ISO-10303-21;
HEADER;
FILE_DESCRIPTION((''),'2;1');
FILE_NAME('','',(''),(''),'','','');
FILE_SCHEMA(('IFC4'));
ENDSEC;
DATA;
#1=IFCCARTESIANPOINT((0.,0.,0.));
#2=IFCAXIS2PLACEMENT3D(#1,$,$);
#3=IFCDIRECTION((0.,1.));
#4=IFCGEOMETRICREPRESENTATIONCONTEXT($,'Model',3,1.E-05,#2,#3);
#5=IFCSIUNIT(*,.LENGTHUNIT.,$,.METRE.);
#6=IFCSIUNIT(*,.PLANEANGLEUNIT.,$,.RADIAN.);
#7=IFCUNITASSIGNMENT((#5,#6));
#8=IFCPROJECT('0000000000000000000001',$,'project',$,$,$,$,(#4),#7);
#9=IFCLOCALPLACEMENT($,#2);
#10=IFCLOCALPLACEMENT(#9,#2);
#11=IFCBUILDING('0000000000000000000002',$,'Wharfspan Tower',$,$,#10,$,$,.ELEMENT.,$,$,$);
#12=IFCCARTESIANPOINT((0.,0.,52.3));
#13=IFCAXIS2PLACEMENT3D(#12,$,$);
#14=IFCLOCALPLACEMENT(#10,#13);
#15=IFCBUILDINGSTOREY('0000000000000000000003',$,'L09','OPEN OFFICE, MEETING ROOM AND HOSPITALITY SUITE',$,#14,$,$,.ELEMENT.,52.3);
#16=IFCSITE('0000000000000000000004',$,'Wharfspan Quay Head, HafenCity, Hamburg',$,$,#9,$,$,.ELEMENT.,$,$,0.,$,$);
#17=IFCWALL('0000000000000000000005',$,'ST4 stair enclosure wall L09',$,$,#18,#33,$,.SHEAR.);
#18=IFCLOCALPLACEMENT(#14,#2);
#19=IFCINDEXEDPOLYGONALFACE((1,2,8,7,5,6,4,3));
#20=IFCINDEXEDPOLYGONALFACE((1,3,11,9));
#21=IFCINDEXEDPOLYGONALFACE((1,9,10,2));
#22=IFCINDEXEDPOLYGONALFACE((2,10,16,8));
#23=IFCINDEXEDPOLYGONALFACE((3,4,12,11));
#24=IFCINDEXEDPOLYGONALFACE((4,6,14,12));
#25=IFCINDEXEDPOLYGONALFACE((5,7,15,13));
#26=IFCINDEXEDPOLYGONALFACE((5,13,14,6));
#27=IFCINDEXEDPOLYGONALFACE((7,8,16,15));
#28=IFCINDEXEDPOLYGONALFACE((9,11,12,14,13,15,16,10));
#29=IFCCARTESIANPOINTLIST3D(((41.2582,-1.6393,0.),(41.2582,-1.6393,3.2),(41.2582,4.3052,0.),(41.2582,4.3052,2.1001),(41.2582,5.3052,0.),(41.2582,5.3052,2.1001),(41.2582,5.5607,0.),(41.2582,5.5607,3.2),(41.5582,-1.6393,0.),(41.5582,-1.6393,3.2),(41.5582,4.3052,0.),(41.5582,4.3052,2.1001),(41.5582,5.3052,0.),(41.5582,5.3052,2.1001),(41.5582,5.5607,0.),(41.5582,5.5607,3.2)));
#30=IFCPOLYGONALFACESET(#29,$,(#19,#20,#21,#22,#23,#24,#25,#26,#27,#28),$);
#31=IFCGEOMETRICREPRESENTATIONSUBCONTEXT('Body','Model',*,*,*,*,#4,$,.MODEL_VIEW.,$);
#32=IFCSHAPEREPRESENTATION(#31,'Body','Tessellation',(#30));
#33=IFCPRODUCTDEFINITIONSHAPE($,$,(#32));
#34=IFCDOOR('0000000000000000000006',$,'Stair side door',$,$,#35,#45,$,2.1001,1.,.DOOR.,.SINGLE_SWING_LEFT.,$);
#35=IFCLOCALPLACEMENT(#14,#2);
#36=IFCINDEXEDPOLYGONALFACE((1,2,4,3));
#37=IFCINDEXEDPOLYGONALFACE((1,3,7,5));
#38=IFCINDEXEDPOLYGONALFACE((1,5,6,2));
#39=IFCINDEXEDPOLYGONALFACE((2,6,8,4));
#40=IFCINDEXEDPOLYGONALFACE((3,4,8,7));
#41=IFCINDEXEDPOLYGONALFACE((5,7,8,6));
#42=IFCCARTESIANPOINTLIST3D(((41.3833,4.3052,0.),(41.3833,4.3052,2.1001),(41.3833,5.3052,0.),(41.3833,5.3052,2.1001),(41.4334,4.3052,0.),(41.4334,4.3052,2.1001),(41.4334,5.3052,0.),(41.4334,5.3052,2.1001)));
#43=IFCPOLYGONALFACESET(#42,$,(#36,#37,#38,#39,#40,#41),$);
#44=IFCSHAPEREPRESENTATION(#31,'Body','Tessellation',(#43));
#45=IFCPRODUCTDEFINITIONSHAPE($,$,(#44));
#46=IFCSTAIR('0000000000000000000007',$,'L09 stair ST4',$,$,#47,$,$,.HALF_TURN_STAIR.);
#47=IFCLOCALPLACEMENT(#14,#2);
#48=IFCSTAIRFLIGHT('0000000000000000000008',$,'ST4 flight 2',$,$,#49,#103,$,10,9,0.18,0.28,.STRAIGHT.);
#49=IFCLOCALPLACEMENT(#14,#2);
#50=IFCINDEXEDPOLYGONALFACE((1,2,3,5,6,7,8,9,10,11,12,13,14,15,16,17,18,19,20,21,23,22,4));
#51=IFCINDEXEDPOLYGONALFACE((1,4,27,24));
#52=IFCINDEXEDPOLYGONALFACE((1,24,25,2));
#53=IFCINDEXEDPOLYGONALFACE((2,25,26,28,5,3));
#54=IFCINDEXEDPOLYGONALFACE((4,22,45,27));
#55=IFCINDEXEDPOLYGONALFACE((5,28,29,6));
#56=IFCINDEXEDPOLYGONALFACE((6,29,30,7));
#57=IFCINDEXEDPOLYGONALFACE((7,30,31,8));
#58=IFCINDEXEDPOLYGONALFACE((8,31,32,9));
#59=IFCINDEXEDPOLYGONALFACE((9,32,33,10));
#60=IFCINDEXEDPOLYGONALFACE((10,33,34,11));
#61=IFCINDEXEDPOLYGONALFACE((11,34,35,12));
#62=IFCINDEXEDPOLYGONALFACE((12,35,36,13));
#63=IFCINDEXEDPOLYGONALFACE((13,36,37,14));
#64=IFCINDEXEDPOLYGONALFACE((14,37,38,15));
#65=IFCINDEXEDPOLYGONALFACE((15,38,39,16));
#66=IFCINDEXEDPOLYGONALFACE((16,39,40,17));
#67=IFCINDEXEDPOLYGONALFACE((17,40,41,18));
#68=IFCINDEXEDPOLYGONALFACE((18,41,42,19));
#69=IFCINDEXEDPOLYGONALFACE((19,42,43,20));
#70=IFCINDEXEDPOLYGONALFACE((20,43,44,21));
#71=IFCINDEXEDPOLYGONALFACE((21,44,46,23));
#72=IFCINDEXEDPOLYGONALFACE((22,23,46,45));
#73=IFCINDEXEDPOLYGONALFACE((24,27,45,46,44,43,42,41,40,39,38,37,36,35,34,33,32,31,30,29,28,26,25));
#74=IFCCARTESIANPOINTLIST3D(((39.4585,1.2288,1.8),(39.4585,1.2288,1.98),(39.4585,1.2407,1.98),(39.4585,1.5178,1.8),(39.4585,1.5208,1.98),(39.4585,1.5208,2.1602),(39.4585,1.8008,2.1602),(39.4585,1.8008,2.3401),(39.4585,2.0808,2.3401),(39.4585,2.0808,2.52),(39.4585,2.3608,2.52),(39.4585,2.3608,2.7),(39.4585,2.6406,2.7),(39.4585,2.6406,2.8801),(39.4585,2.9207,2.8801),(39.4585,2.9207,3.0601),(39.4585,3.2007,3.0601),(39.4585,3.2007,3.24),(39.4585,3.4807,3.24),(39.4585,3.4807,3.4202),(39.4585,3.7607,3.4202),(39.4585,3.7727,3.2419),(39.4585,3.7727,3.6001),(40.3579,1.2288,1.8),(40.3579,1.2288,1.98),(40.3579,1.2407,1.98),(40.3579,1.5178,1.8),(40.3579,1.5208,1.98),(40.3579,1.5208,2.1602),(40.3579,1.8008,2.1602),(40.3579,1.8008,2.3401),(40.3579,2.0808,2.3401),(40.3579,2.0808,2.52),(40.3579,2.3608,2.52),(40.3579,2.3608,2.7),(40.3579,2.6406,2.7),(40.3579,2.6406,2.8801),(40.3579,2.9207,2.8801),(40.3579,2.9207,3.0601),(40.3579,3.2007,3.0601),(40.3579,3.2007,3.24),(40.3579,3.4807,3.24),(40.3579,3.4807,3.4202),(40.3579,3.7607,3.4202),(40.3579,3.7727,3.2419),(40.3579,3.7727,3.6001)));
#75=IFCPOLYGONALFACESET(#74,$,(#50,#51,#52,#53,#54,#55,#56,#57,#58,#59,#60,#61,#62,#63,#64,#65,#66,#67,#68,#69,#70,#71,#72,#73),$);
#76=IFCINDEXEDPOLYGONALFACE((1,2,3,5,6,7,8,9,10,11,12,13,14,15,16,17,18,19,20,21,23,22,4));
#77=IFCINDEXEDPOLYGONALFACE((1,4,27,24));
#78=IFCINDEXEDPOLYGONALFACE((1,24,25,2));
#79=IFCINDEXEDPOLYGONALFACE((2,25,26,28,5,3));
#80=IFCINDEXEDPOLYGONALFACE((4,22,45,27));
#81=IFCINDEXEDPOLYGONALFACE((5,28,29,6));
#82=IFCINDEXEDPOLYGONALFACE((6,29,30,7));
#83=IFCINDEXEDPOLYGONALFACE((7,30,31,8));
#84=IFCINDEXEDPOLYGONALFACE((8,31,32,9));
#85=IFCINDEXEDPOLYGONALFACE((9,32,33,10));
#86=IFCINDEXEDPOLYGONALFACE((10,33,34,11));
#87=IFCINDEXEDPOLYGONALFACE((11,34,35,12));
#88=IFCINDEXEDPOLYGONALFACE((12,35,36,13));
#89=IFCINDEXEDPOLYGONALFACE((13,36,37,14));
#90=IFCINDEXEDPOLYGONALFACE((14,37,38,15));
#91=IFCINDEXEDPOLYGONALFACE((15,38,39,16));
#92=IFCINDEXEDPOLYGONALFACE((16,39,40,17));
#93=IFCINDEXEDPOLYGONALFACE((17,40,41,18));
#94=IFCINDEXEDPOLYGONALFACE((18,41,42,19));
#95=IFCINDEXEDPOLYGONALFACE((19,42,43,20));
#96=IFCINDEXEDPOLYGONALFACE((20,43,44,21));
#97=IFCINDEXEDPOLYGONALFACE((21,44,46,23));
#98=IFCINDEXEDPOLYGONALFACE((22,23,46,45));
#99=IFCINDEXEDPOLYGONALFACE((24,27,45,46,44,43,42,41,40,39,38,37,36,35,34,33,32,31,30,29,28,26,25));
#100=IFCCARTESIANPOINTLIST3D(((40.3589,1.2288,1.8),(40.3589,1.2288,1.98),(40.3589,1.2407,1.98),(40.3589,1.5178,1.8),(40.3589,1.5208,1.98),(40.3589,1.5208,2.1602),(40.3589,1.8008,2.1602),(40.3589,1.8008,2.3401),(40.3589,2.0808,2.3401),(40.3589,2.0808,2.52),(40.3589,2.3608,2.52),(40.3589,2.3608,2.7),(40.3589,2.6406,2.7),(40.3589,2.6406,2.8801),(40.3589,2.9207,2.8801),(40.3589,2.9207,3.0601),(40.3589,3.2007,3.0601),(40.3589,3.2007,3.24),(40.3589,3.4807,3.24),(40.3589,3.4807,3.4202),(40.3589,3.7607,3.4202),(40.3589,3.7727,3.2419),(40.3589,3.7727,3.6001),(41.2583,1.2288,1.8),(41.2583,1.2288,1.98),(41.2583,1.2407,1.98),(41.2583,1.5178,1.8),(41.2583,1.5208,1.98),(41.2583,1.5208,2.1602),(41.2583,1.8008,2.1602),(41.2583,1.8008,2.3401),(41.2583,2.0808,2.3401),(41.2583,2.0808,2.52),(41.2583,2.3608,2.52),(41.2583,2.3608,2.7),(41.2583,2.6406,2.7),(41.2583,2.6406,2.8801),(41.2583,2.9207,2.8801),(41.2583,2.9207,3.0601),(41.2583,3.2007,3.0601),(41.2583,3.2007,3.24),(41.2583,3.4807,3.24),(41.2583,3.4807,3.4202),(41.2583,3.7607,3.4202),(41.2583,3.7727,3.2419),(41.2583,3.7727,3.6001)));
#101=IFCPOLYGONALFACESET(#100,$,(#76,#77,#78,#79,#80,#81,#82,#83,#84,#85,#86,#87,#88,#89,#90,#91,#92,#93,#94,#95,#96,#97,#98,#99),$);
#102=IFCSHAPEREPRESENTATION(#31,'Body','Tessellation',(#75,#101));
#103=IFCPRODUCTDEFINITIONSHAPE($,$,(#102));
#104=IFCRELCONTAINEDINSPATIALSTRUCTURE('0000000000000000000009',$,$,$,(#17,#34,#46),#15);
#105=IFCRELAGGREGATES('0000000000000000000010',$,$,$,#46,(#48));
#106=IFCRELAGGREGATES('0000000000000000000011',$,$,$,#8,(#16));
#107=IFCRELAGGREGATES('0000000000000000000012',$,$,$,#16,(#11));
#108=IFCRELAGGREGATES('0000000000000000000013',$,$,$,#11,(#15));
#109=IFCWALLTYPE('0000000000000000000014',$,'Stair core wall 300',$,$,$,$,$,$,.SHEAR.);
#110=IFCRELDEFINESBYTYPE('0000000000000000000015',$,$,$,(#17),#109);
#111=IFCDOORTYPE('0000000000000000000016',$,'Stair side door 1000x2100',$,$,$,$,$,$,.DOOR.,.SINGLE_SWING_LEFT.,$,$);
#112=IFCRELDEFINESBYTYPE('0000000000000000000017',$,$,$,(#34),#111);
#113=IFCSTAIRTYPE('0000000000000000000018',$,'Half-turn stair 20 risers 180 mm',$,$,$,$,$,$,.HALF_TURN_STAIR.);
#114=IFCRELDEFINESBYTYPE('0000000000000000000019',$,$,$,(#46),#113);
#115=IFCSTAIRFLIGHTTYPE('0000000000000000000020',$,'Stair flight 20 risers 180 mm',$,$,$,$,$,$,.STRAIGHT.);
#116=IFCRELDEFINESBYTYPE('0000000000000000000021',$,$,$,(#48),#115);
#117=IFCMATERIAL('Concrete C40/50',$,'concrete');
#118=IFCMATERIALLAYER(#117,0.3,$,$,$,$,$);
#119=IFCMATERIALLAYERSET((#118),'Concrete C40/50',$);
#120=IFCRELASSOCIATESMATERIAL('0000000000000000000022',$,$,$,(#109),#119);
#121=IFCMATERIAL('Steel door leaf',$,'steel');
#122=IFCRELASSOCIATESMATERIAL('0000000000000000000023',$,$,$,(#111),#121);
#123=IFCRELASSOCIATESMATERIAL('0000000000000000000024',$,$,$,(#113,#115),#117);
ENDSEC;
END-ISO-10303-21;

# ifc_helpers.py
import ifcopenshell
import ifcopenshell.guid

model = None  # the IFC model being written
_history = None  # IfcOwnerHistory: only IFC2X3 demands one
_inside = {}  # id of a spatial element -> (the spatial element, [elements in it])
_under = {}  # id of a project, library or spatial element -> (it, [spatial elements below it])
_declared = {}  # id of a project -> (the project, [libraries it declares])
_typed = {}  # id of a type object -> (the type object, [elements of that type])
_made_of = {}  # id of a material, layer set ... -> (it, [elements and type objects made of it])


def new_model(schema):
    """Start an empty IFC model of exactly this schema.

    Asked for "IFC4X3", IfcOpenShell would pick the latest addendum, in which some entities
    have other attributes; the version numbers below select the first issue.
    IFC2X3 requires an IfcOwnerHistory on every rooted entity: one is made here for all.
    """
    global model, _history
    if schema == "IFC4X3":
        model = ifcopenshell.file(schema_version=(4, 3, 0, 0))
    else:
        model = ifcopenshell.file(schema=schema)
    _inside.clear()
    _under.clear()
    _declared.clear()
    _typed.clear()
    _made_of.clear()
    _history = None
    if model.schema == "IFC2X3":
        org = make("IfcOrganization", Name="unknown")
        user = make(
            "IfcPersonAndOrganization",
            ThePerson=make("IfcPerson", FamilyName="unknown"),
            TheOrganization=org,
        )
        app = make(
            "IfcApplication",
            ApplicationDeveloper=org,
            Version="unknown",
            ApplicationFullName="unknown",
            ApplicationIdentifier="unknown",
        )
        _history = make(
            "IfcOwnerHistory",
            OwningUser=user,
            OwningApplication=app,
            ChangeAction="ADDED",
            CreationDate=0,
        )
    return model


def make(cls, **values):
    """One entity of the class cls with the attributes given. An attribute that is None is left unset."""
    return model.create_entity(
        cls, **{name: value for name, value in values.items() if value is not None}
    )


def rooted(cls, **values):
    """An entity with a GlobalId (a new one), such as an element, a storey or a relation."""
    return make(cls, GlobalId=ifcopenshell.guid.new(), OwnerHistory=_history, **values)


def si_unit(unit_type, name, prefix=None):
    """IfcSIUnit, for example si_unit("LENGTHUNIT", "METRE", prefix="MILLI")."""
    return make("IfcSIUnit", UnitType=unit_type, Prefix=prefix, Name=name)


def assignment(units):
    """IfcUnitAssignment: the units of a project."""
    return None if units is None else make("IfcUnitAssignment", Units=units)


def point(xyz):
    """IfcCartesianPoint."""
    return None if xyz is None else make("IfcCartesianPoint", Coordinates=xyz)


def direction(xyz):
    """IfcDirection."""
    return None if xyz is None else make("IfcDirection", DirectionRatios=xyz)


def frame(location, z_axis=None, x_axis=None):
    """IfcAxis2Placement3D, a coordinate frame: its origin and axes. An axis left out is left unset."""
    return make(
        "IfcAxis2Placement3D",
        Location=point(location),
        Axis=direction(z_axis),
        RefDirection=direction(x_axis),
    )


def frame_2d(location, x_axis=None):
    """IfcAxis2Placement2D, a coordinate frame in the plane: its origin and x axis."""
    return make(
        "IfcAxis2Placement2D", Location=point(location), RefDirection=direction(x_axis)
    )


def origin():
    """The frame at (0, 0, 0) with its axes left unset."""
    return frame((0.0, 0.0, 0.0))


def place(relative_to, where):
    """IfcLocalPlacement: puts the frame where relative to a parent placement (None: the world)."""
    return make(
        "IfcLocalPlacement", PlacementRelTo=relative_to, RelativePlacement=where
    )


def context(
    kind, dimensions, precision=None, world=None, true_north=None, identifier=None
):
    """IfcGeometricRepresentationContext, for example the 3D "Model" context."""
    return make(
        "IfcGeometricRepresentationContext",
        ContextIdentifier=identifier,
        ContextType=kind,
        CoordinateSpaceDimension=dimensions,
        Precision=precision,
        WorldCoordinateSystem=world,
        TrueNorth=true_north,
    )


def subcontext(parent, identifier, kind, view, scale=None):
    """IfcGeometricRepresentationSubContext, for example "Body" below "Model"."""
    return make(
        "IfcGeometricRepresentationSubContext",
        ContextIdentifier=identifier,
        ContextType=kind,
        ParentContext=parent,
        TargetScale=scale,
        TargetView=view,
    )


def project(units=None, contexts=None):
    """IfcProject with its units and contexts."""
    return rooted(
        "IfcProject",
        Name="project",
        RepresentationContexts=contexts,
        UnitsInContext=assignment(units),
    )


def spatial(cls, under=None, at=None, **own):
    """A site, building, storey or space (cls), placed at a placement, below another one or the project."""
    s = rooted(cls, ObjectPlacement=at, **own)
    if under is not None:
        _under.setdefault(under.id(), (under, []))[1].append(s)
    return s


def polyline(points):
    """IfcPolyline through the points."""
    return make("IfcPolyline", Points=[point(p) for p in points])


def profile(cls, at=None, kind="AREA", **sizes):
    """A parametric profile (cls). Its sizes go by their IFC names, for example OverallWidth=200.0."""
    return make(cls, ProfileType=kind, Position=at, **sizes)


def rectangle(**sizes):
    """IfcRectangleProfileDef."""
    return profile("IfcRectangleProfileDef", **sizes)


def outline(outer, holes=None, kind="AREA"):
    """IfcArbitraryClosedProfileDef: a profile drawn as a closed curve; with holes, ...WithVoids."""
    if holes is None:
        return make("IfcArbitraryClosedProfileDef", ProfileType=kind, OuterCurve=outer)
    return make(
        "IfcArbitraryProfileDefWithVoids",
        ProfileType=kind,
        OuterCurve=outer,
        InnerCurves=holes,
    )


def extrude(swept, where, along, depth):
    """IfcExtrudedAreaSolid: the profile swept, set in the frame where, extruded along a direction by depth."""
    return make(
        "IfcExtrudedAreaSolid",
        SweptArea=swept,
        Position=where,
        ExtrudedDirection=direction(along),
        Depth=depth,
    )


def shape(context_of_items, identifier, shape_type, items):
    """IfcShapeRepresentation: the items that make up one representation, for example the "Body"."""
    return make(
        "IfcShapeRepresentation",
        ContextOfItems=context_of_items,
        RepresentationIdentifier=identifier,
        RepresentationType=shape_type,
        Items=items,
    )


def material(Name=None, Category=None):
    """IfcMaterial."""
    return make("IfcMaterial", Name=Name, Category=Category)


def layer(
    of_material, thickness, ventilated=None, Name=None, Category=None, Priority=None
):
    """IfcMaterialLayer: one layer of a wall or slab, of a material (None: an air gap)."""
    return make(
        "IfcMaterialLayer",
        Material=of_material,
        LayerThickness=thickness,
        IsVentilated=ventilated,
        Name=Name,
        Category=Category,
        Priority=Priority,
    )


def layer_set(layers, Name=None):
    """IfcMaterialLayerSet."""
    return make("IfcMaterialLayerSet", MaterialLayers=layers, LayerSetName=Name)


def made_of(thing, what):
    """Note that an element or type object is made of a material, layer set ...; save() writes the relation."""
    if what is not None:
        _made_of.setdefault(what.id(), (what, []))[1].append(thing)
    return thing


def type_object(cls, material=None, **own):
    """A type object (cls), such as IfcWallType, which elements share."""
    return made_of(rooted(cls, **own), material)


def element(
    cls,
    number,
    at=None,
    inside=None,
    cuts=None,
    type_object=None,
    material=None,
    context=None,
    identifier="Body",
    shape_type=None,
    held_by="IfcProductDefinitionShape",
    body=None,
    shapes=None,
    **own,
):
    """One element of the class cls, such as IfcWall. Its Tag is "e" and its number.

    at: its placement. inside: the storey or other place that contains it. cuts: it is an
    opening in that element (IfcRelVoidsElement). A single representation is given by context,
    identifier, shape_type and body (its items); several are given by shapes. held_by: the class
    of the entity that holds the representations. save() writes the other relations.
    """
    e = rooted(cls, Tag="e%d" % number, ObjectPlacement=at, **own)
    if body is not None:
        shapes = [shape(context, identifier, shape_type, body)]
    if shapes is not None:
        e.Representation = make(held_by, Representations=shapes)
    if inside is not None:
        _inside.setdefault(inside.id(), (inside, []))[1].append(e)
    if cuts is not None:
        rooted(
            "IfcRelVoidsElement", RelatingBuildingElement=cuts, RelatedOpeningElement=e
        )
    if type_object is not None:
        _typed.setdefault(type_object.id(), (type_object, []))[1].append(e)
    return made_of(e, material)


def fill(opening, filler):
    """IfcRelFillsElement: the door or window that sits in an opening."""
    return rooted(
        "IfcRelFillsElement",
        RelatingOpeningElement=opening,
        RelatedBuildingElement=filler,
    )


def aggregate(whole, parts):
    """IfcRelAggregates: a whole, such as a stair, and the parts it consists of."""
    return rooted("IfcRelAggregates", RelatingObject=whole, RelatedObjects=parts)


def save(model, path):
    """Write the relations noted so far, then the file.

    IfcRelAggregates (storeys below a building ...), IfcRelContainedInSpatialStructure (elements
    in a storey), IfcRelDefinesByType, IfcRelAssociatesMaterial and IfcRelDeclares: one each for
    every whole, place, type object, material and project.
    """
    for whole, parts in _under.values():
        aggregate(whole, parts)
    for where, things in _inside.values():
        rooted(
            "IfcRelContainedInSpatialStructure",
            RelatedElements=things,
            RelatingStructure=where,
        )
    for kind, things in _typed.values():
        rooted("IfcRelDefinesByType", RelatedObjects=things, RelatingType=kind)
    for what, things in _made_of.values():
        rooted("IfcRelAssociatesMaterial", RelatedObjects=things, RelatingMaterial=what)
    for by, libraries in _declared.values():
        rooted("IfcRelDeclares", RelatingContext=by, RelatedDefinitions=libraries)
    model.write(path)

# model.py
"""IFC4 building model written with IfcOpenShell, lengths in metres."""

from ifc_helpers import new_model, si_unit, direction, frame, frame_2d, origin, place, context, subcontext, project, spatial, polyline, rectangle, outline, extrude, material, layer, layer_set, type_object, element, fill, aggregate, save


model = new_model("IFC4")

# Units and contexts
model_context = context("Model", 3, precision=1e-05, world=origin(), true_north=direction((0.0, 1.0)))
body_context = subcontext(model_context, "Body", "Model", "MODEL_VIEW")
ifc_project = project(units=[si_unit("LENGTHUNIT", "METRE"), si_unit("PLANEANGLEUNIT", "RADIAN")], contexts=[model_context])

# Site, building, storey
site_placement = place(None, origin())
site = spatial("IfcSite", under=ifc_project, at=site_placement, Name="Wharfspan Quay Head, HafenCity, Hamburg", CompositionType="ELEMENT", RefElevation=0.0)
building_placement = place(site_placement, origin())
building = spatial("IfcBuilding", under=site, at=building_placement, Name="Wharfspan Tower", CompositionType="ELEMENT")
storey_placement = place(building_placement, frame((0.0, 0.0, 52.3)))
storey = spatial("IfcBuildingStorey", under=building, at=storey_placement, Name="L09", Description="OPEN OFFICE, MEETING ROOM AND HOSPITALITY SUITE", CompositionType="ELEMENT", Elevation=52.3)

# Wall, opening, door
ifc_material_1 = material(Name="Concrete C40/50", Category="concrete")
ifc_layer_1 = layer(ifc_material_1, 0.3)
ifc_layer_set_1 = layer_set([ifc_layer_1], Name="Concrete C40/50")
wall_type_1 = type_object("IfcWallType", Name="Stair core wall 300", PredefinedType="SHEAR", material=ifc_layer_set_1)
wall_1_placement = place(storey_placement, frame((41.4082, -1.6394, 0.0), z_axis=(0.0, 0.0, 1.0), x_axis=(0.0, 1.0, 0.0)))
wall_1 = element("IfcWall", 1, at=wall_1_placement, inside=storey, type_object=wall_type_1, Name="ST4 stair enclosure wall L09", PredefinedType="SHEAR", context=body_context, shape_type="SweptSolid", body=[
    extrude(rectangle(XDim=7.2, YDim=0.3, at=frame_2d((3.6001, 0.0))), origin(), (0.0, 0.0, 1.0), 3.2),
])
opening_1_placement = place(wall_1_placement, frame((5.9446, 0.0, 0.0)))
opening_1 = element("IfcOpeningElement", 2, at=opening_1_placement, cuts=wall_1, PredefinedType="OPENING", context=body_context, shape_type="SweptSolid", body=[
    extrude(rectangle(XDim=1.0, YDim=2.1001, at=frame_2d((0.5, 1.05))), frame((0.0, 0.1599, 0.0), z_axis=(0.0, -1.0, 0.0), x_axis=(1.0, 0.0, 0.0)), (0.0, 0.0, 1.0), 0.3201),
])
ifc_material_2 = material(Name="Steel door leaf", Category="steel")
door_type_1 = type_object("IfcDoorType", Name="Stair side door 1000x2100", OperationType="SINGLE_SWING_LEFT", PredefinedType="DOOR", material=ifc_material_2)
door_1_placement = place(opening_1_placement, origin())
door_1 = element("IfcDoor", 3, at=door_1_placement, inside=storey, type_object=door_type_1, Name="Stair side door", OperationType="SINGLE_SWING_LEFT", OverallHeight=2.1001, OverallWidth=1.0, PredefinedType="DOOR", context=body_context, shape_type="SweptSolid", body=[
    extrude(rectangle(XDim=1.0, YDim=2.1001, at=frame_2d((0.5, 1.05))), frame((0.0, 0.0249, 0.0), z_axis=(0.0, -1.0, 0.0), x_axis=(1.0, 0.0, 0.0)), (0.0, 0.0, 1.0), 0.05),
])
fill(opening_1, door_1)

# Stair, stair flight
stair_type = type_object("IfcStairType", Name="Half-turn stair 20 risers 180 mm", PredefinedType="HALF_TURN_STAIR", material=ifc_material_1)
stair_placement = place(storey_placement, origin())
stair = element("IfcStair", 4, at=stair_placement, inside=storey, type_object=stair_type, Name="L09 stair ST4", PredefinedType="HALF_TURN_STAIR")
stair_flight_type = type_object("IfcStairFlightType", Name="Stair flight 20 risers 180 mm", PredefinedType="STRAIGHT", material=ifc_material_1)
stair_flight_placement = place(storey_placement, frame((40.3584, 1.2407, 1.8), z_axis=(0.0, 0.0, 1.0), x_axis=(0.0, 1.0, 0.0)))
stair_flight = element("IfcStairFlight", 5, at=stair_flight_placement, type_object=stair_flight_type, Name="ST4 flight 2", NumberOfRisers=10, NumberOfTreads=9, PredefinedType="STRAIGHT", RiserHeight=0.18, TreadLength=0.28, context=body_context, shape_type="SweptSolid", body=[
    extrude(outline(polyline([(-0.012, 0.0), (-0.012, 0.1799), (0.0, 0.1799), (0.28, 0.1799), (0.28, 0.3601), (0.5601, 0.3601), (0.5601, 0.54), (0.8401, 0.54), (0.8401, 0.72), (1.1201, 0.72), (1.1201, 0.8999), (1.3999, 0.8999), (1.3999, 1.0801), (1.6799, 1.0801), (1.6799, 1.26), (1.96, 1.26), (1.96, 1.4399), (2.24, 1.4399), (2.24, 1.6201), (2.52, 1.6201), (2.532, 1.8), (2.532, 1.4419), (0.2771, 0.0), (-0.012, 0.0)])), frame((0.0, 0.8999, 0.0), z_axis=(0.0, -1.0, 0.0), x_axis=(1.0, 0.0, 0.0)), (0.0, 0.0, 1.0), 0.8994),
    extrude(outline(polyline([(-0.012, 0.0), (-0.012, 0.1799), (0.0, 0.1799), (0.28, 0.1799), (0.28, 0.3601), (0.5601, 0.3601), (0.5601, 0.54), (0.8401, 0.54), (0.8401, 0.72), (1.1201, 0.72), (1.1201, 0.8999), (1.3999, 0.8999), (1.3999, 1.0801), (1.6799, 1.0801), (1.6799, 1.26), (1.96, 1.26), (1.96, 1.4399), (2.24, 1.4399), (2.24, 1.6201), (2.52, 1.6201), (2.532, 1.8), (2.532, 1.4419), (0.2771, 0.0), (-0.012, 0.0)])), frame((0.0, -0.0005, 0.0), z_axis=(0.0, -1.0, 0.0), x_axis=(1.0, 0.0, 0.0)), (0.0, 0.0, 1.0), 0.8994),
])
aggregate(stair, [stair_flight])

save(model, "model.ifc")
